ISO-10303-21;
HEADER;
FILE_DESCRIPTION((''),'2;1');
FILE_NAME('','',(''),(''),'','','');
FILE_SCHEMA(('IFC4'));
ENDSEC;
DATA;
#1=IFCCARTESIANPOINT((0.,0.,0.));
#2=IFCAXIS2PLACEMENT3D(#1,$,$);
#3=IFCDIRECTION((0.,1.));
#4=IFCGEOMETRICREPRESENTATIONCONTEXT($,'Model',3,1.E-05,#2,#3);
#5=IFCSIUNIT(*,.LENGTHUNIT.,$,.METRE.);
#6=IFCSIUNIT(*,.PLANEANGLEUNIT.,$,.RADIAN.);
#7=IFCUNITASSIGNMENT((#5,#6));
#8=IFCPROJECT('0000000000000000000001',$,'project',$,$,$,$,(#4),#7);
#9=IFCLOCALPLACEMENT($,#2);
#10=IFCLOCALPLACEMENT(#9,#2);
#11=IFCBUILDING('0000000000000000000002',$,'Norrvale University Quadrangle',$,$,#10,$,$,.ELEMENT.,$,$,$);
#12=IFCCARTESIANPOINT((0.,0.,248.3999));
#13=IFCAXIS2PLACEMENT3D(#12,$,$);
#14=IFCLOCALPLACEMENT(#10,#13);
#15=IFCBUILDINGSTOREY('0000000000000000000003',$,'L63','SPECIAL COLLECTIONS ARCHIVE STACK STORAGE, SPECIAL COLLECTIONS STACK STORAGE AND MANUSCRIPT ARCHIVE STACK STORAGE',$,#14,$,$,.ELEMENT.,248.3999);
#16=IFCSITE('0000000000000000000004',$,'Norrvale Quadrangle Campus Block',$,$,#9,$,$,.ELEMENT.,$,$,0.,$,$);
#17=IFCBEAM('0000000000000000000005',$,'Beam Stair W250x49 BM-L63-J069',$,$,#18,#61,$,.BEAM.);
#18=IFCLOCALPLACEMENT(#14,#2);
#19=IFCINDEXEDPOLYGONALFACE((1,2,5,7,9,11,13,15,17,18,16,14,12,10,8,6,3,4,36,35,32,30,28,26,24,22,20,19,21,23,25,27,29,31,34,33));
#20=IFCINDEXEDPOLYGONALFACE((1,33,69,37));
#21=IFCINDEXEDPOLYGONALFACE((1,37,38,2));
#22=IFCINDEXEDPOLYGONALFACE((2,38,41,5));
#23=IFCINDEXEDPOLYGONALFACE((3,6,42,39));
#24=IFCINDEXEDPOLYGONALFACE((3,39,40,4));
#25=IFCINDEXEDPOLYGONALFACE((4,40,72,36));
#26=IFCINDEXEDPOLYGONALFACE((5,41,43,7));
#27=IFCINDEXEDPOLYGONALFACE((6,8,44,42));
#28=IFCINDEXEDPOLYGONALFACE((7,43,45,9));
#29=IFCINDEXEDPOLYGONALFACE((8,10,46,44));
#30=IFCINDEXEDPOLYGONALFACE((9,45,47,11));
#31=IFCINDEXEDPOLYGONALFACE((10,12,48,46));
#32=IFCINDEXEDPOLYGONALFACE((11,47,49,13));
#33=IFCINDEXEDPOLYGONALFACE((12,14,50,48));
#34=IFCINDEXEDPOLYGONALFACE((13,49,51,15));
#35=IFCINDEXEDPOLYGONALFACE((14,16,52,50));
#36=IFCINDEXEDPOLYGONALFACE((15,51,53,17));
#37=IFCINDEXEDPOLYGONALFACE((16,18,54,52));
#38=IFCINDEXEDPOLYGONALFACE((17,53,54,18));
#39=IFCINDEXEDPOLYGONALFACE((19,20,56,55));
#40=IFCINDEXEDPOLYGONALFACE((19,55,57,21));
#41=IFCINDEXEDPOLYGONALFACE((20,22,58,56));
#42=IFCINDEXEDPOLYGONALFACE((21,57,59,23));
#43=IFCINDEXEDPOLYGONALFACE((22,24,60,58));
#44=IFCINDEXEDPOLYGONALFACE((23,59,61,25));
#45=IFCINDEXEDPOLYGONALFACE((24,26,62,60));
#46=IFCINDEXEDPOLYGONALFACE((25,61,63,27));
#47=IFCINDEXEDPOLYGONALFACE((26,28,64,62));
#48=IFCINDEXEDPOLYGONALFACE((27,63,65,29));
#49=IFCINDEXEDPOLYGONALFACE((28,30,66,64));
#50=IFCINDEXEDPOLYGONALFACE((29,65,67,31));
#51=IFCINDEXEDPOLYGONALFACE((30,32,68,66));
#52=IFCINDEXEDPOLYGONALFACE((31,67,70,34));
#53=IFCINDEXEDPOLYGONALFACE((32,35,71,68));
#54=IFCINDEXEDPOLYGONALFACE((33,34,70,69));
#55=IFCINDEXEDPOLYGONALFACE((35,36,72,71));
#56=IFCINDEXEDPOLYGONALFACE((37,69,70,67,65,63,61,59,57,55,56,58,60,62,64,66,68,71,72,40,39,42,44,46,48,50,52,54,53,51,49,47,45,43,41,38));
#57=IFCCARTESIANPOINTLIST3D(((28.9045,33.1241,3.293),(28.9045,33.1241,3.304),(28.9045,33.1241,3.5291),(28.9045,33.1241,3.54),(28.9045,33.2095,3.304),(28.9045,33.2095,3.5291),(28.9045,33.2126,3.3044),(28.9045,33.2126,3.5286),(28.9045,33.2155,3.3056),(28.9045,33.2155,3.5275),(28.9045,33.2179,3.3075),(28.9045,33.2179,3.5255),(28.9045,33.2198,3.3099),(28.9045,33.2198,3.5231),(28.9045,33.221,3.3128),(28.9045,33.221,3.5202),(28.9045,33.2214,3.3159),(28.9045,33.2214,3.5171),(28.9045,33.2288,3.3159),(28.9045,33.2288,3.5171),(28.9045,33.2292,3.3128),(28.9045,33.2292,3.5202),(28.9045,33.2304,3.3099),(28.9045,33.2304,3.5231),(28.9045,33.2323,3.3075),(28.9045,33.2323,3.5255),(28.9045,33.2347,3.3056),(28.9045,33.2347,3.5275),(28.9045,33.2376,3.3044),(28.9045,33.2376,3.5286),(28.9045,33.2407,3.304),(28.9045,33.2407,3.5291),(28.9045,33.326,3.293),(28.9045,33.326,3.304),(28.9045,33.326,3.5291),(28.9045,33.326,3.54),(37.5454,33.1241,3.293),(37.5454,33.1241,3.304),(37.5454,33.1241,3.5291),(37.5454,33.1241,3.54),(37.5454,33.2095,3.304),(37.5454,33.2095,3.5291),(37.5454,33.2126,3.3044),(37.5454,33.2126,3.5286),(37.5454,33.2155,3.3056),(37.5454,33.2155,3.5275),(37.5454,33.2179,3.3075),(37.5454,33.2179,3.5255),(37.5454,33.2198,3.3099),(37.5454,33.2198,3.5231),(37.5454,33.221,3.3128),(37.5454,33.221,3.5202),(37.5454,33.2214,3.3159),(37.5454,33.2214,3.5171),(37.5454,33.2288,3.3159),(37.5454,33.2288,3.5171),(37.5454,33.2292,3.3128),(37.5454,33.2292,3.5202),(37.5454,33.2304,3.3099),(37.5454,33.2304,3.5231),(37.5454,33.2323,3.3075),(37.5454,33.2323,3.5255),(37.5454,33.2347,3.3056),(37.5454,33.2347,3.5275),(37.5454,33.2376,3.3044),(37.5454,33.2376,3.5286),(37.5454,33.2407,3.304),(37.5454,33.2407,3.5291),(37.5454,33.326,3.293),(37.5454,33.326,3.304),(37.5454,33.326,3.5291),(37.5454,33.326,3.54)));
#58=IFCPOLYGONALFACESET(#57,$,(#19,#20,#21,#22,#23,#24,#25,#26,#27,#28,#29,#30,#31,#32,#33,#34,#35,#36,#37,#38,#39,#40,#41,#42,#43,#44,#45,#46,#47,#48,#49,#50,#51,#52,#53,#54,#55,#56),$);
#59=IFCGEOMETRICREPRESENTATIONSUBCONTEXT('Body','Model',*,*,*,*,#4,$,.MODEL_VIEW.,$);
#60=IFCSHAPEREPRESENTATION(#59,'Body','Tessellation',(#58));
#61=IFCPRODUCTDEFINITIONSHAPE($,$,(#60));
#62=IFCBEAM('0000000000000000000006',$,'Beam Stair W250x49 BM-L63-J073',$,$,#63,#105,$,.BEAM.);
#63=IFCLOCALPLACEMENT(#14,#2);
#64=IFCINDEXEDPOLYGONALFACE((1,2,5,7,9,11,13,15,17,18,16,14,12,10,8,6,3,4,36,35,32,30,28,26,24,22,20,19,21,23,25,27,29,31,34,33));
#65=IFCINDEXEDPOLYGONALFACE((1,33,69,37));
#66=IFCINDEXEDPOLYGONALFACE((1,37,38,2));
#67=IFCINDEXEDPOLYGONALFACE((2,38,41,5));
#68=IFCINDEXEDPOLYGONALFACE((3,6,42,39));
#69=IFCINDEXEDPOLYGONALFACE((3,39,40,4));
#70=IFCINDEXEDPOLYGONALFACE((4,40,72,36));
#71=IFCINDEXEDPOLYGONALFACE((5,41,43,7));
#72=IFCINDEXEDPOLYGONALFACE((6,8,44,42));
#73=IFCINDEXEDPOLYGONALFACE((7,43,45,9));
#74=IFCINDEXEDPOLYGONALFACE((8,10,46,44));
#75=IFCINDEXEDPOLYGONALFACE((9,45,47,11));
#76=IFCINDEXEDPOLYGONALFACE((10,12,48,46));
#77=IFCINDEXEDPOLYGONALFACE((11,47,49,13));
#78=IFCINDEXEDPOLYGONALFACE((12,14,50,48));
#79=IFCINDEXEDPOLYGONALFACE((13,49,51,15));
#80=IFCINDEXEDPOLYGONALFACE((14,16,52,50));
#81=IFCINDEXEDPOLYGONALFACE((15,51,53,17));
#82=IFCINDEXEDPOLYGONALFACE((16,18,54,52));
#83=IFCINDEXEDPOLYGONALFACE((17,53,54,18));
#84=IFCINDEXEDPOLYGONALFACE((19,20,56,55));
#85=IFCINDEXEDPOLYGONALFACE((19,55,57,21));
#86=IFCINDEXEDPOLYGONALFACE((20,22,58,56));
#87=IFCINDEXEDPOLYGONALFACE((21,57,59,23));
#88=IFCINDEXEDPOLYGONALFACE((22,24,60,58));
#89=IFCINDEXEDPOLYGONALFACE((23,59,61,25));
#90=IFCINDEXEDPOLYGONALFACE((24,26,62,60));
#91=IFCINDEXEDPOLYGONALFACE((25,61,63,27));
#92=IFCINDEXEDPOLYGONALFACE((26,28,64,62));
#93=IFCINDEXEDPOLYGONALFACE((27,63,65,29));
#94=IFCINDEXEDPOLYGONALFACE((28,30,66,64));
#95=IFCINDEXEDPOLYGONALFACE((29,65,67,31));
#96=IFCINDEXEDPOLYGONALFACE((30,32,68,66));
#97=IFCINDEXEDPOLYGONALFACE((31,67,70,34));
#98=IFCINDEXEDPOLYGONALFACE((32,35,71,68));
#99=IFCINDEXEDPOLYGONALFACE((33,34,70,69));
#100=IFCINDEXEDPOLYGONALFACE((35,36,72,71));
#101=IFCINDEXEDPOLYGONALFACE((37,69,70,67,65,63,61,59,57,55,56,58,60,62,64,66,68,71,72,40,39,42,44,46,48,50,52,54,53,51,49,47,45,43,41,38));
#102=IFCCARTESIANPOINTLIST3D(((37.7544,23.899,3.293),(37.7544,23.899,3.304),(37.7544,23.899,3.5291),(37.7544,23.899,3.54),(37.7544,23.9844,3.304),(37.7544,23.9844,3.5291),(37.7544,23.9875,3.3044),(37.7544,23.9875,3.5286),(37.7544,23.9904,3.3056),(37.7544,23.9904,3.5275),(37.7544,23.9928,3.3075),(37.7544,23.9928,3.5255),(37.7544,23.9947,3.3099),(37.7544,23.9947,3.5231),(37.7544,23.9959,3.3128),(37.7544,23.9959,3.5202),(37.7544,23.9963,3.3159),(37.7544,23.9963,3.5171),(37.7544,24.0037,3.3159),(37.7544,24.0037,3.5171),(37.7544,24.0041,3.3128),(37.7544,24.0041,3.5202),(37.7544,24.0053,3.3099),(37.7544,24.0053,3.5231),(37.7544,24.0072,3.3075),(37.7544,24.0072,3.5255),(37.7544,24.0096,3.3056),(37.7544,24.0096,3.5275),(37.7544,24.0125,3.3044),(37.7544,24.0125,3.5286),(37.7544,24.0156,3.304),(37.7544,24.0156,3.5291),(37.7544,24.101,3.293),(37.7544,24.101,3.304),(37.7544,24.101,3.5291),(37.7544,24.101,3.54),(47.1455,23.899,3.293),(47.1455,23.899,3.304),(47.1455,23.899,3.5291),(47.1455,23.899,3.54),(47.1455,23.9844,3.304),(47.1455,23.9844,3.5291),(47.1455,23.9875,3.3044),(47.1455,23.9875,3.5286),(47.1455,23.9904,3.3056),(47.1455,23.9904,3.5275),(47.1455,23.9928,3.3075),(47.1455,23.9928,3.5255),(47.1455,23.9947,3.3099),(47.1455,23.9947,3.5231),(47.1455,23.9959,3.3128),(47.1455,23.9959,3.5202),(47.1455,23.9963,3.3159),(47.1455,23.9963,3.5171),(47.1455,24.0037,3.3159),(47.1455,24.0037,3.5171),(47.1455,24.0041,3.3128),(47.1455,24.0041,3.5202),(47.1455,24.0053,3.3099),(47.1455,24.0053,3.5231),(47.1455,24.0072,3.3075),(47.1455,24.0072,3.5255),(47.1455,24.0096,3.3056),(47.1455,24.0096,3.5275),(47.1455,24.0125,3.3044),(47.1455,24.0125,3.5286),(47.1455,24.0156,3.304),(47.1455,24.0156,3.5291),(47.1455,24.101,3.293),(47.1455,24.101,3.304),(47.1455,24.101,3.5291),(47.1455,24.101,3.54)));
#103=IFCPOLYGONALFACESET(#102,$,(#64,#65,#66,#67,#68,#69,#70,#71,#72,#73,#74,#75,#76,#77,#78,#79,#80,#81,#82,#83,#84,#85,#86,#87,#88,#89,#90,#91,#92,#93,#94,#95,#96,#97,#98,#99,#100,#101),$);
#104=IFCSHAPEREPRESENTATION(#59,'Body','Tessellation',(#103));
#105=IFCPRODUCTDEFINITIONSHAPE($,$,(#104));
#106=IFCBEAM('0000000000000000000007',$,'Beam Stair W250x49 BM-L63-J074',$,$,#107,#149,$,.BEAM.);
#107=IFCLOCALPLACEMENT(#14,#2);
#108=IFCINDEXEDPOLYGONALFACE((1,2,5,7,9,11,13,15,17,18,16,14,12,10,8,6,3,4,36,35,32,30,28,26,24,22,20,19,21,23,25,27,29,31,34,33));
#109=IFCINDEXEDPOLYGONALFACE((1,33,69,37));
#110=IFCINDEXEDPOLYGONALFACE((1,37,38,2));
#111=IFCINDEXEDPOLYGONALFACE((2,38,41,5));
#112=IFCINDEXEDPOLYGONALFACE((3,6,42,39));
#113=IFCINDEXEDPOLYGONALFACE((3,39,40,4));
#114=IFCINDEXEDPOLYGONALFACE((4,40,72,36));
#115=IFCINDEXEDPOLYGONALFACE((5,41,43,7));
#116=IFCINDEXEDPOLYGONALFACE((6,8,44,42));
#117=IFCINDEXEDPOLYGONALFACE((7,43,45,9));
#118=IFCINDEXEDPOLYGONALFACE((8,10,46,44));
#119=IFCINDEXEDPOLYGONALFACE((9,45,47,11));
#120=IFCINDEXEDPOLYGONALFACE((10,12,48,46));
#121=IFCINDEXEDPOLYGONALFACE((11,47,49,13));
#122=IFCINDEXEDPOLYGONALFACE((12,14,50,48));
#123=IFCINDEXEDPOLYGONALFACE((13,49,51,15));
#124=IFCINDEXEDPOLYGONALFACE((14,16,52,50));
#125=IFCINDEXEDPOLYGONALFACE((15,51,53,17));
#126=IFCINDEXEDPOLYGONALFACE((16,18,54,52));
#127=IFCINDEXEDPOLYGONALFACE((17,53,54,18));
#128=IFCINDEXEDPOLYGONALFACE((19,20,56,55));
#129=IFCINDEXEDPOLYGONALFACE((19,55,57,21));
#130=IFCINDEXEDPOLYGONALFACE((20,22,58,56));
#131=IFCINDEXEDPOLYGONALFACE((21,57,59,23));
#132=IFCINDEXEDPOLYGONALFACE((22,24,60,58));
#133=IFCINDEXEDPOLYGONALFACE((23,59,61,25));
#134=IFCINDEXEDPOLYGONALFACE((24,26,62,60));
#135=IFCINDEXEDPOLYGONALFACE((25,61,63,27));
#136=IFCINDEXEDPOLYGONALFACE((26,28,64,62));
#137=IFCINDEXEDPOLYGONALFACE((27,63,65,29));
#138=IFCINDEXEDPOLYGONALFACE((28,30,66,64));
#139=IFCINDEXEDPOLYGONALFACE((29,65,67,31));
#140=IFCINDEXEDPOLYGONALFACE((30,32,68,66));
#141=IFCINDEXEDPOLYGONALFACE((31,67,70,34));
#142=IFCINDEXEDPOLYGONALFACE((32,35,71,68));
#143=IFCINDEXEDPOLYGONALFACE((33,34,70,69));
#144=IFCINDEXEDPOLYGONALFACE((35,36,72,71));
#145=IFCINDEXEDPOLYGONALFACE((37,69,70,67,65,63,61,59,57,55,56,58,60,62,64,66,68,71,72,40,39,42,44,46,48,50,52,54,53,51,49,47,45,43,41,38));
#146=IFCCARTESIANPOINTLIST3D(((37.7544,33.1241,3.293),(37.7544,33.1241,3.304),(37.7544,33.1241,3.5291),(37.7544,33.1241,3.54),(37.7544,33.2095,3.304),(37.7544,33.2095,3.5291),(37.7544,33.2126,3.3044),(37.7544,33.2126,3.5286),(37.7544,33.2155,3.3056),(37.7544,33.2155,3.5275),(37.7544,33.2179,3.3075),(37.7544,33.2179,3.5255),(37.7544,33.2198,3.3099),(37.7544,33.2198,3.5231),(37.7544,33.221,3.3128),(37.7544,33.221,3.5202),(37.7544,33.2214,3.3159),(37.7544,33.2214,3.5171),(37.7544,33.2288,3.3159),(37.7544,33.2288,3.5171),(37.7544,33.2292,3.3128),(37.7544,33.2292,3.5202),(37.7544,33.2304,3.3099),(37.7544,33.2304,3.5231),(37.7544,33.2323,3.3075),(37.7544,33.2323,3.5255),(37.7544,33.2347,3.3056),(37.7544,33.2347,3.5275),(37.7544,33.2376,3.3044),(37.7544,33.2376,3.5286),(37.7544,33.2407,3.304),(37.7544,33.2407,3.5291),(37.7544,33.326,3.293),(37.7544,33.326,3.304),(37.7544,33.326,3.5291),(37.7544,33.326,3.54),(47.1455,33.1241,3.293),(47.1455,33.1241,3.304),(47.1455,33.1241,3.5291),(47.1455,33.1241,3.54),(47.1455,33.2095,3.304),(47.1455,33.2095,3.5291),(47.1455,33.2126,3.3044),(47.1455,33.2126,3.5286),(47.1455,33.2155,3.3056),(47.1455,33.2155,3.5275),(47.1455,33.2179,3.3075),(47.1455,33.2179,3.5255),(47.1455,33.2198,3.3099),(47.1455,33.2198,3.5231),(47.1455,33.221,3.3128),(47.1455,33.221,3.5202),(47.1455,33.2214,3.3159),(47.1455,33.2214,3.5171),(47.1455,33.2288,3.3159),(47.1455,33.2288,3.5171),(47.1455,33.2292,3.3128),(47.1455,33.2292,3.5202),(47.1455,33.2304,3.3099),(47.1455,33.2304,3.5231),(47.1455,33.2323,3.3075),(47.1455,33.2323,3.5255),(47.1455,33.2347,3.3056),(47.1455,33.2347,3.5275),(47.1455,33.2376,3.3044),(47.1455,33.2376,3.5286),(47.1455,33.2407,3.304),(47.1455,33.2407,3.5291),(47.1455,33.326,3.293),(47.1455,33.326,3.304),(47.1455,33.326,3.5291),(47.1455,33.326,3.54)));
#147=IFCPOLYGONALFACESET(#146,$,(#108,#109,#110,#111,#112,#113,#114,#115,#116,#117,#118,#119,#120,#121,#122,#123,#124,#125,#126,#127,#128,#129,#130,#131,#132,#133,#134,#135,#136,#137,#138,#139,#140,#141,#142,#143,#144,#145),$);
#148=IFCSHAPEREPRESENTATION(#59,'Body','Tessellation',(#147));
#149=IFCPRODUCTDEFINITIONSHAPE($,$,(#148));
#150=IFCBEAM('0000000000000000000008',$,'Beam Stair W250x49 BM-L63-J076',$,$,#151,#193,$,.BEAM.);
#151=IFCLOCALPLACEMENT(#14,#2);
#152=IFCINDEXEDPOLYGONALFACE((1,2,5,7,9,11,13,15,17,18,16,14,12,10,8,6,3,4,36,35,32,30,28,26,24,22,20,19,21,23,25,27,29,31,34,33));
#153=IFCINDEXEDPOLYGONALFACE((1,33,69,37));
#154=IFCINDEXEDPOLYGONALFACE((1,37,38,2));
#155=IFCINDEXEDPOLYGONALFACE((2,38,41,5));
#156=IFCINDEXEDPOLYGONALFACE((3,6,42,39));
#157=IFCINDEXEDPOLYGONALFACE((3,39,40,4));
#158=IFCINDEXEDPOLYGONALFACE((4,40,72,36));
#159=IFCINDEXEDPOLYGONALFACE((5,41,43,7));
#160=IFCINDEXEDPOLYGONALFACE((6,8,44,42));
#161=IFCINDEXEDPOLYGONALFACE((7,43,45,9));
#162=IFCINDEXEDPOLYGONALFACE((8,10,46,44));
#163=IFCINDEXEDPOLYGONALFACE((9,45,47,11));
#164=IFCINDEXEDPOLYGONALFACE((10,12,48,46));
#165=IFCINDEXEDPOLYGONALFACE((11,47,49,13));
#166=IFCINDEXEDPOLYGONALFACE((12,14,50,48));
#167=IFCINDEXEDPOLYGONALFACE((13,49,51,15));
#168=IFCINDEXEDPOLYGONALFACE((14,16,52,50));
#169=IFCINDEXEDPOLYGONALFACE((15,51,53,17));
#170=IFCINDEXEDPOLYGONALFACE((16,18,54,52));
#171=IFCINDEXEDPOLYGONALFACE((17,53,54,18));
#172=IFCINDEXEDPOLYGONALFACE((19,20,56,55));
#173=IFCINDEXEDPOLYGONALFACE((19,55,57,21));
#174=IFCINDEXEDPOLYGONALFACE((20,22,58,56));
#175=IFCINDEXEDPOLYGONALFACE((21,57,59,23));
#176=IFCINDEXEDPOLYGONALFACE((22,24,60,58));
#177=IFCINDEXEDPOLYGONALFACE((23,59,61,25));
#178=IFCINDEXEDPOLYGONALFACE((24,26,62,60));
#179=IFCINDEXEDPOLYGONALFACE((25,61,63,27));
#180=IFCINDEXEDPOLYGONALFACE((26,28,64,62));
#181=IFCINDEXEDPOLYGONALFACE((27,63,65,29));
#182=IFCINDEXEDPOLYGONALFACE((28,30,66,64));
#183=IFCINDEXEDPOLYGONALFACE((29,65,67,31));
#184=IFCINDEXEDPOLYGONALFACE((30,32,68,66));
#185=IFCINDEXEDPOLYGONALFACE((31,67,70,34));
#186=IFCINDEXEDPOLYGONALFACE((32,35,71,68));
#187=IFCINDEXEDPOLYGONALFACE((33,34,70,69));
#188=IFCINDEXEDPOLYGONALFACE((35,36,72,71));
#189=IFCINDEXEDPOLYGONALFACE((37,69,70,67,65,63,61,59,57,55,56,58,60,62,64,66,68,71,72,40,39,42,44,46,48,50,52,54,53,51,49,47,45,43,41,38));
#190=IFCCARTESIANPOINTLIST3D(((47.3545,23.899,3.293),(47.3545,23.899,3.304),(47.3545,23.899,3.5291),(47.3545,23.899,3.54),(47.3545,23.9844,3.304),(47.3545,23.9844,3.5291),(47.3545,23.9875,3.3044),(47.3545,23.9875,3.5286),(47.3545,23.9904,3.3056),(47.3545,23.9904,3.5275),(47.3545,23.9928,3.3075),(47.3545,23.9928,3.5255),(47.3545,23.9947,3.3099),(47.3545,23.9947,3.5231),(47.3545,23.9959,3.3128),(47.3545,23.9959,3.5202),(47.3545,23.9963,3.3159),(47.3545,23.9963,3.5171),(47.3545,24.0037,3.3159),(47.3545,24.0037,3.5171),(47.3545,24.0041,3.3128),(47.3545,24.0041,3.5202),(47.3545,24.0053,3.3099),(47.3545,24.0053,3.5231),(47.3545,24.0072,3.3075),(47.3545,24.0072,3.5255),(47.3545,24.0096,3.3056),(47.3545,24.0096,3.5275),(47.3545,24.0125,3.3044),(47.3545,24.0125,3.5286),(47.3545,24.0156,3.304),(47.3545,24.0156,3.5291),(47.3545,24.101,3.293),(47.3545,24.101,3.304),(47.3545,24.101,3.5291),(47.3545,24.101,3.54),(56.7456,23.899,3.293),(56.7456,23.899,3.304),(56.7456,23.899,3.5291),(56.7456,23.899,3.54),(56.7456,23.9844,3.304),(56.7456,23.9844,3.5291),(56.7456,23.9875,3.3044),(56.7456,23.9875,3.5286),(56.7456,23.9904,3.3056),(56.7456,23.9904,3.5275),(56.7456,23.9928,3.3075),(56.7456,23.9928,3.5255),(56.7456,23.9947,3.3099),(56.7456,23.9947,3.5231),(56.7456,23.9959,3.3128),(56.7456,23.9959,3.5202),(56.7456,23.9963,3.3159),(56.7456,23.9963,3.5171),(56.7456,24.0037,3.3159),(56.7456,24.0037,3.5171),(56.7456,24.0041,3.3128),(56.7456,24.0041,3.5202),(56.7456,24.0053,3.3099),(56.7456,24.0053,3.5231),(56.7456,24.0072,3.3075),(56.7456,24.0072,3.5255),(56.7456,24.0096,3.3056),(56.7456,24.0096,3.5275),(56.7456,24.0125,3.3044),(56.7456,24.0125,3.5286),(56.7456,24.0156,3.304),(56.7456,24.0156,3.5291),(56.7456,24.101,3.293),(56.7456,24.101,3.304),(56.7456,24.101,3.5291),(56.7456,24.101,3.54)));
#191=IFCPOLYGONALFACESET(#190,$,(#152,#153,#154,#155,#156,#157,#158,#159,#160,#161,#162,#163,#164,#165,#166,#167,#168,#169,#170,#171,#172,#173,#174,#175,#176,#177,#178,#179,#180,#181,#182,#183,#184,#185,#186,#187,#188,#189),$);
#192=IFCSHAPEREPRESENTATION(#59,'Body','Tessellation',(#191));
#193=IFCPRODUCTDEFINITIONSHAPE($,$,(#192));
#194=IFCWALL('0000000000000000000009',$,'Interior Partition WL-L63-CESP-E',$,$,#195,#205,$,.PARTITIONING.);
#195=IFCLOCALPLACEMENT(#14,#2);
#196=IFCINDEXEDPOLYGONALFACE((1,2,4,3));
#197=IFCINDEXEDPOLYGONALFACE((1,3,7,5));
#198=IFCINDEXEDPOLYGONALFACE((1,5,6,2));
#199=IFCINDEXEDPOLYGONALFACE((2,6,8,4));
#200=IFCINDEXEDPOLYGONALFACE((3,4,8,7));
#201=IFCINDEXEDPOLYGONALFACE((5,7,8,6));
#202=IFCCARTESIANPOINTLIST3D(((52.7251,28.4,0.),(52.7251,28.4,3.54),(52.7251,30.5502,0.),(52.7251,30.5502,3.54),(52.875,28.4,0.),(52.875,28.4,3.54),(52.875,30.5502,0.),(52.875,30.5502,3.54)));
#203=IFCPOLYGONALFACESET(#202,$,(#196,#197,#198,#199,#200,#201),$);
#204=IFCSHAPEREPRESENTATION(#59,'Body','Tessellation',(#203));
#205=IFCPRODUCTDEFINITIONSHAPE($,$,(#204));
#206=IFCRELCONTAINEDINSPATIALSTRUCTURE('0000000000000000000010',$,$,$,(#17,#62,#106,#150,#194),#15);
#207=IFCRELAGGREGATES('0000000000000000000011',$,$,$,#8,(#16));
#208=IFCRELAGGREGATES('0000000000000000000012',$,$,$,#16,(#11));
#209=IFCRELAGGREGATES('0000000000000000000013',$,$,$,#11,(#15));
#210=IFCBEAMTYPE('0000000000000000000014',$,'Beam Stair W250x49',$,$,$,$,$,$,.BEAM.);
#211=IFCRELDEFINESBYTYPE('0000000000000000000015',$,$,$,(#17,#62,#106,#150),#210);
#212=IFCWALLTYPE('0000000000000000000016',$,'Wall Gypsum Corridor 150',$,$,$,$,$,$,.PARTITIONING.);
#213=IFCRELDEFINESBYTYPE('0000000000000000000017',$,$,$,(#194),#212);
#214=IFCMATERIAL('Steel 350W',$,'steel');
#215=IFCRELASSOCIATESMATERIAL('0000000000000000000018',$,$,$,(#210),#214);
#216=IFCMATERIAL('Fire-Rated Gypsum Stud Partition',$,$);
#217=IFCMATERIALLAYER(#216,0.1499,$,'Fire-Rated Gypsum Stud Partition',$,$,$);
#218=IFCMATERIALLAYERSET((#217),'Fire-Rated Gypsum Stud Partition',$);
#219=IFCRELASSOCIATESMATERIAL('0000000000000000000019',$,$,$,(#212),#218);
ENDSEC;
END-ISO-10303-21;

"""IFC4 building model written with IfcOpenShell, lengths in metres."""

from ifc_helpers import new_model, si_unit, direction, frame, frame_2d, origin, origin_2d, place, context, subcontext, project, spatial, rectangle, i_section, extrude, material, layer, layer_set, material_profile, profile_set, type_object, element, save


model = new_model("IFC4")

# Units and contexts
model_context = context("Model", 3, precision=1e-05, world=origin(), true_north=direction((0.0, 1.0)))
body_context = subcontext(model_context, "Body", "Model", "MODEL_VIEW")
ifc_project = project(units=[si_unit("LENGTHUNIT", "METRE"), si_unit("PLANEANGLEUNIT", "RADIAN")], contexts=[model_context])

# Site, building, storey
site_placement = place(None, origin())
site = spatial("IfcSite", under=ifc_project, at=site_placement, Name="Norrvale Quadrangle Campus Block", CompositionType="ELEMENT", RefElevation=0.0)
building_placement = place(site_placement, origin())
building = spatial("IfcBuilding", under=site, at=building_placement, Name="Norrvale University Quadrangle", CompositionType="ELEMENT")
storey_placement = place(building_placement, frame((0.0, 0.0, 248.3999)))
storey = spatial("IfcBuildingStorey", under=building, at=storey_placement, Name="L63", Description="SPECIAL COLLECTIONS ARCHIVE STACK STORAGE, SPECIAL COLLECTIONS STACK STORAGE AND MANUSCRIPT ARCHIVE STACK STORAGE", CompositionType="ELEMENT", Elevation=248.3999)

# Beams
ifc_material_1 = material(Name="Steel 350W", Category="steel")
ifc_material_profile_1 = material_profile(ifc_material_1, i_section(OverallWidth=0.2019, OverallDepth=0.2471, WebThickness=0.0073, FlangeThickness=0.011, FilletRadius=0.012, at=origin_2d()), Name="Steel 350W")
ifc_profile_set_1 = profile_set([ifc_material_profile_1], Name="Steel 350W")
beam_type_1 = type_object("IfcBeamType", Name="Beam Stair W250x49", PredefinedType="BEAM", material=ifc_profile_set_1)
for number, where, z_axis, x_axis, name in (
    (1, (28.9045, 33.2251, 3.4165), (1.0, 0.0, 0.0), (0.0, 1.0, 0.0), "Beam Stair W250x49 BM-L63-J069"),
):
    element("IfcBeam", number, at=place(storey_placement, frame(where, z_axis=z_axis, x_axis=x_axis)), inside=storey, type_object=beam_type_1, Name=name, PredefinedType="BEAM", context=body_context, shape_type="SweptSolid", body=[
        extrude(i_section(OverallWidth=0.2019, OverallDepth=0.2471, WebThickness=0.0073, FlangeThickness=0.011, FilletRadius=0.012, at=origin_2d()), origin(), (0.0, 0.0, 1.0), 8.6409),
    ])
for number, where, z_axis, x_axis, name in (
    (2, (37.7544, 24.0, 3.4165), (1.0, 0.0, 0.0), (0.0, 1.0, 0.0), "Beam Stair W250x49 BM-L63-J073"),
    (3, (37.7544, 33.2251, 3.4165), (1.0, 0.0, 0.0), (0.0, 1.0, 0.0), "Beam Stair W250x49 BM-L63-J074"),
    (4, (47.3545, 24.0, 3.4165), (1.0, 0.0, 0.0), (0.0, 1.0, 0.0), "Beam Stair W250x49 BM-L63-J076"),
):
    element("IfcBeam", number, at=place(storey_placement, frame(where, z_axis=z_axis, x_axis=x_axis)), inside=storey, type_object=beam_type_1, Name=name, PredefinedType="BEAM", context=body_context, shape_type="SweptSolid", body=[
        extrude(i_section(OverallWidth=0.2019, OverallDepth=0.2471, WebThickness=0.0073, FlangeThickness=0.011, FilletRadius=0.012, at=origin_2d()), origin(), (0.0, 0.0, 1.0), 9.3911),
    ])

# Wall
ifc_material_2 = material(Name="Fire-Rated Gypsum Stud Partition")
ifc_layer = layer(ifc_material_2, 0.1499, Name="Fire-Rated Gypsum Stud Partition")
ifc_layer_set = layer_set([ifc_layer], Name="Fire-Rated Gypsum Stud Partition")
wall_type = type_object("IfcWallType", Name="Wall Gypsum Corridor 150", PredefinedType="PARTITIONING", material=ifc_layer_set)
wall_1_placement = place(storey_placement, frame((52.8, 28.3999, 0.0), z_axis=(0.0, 0.0, 1.0), x_axis=(0.0, 1.0, 0.0)))
element("IfcWall", 5, at=wall_1_placement, inside=storey, type_object=wall_type, Name="Interior Partition WL-L63-CESP-E", PredefinedType="PARTITIONING", context=body_context, shape_type="SweptSolid", body=[
    extrude(rectangle(XDim=2.1501, YDim=0.1499, at=frame_2d((1.0752, 0.0))), origin(), (0.0, 0.0, 1.0), 3.54),
])

save(model, "model.ifc")
